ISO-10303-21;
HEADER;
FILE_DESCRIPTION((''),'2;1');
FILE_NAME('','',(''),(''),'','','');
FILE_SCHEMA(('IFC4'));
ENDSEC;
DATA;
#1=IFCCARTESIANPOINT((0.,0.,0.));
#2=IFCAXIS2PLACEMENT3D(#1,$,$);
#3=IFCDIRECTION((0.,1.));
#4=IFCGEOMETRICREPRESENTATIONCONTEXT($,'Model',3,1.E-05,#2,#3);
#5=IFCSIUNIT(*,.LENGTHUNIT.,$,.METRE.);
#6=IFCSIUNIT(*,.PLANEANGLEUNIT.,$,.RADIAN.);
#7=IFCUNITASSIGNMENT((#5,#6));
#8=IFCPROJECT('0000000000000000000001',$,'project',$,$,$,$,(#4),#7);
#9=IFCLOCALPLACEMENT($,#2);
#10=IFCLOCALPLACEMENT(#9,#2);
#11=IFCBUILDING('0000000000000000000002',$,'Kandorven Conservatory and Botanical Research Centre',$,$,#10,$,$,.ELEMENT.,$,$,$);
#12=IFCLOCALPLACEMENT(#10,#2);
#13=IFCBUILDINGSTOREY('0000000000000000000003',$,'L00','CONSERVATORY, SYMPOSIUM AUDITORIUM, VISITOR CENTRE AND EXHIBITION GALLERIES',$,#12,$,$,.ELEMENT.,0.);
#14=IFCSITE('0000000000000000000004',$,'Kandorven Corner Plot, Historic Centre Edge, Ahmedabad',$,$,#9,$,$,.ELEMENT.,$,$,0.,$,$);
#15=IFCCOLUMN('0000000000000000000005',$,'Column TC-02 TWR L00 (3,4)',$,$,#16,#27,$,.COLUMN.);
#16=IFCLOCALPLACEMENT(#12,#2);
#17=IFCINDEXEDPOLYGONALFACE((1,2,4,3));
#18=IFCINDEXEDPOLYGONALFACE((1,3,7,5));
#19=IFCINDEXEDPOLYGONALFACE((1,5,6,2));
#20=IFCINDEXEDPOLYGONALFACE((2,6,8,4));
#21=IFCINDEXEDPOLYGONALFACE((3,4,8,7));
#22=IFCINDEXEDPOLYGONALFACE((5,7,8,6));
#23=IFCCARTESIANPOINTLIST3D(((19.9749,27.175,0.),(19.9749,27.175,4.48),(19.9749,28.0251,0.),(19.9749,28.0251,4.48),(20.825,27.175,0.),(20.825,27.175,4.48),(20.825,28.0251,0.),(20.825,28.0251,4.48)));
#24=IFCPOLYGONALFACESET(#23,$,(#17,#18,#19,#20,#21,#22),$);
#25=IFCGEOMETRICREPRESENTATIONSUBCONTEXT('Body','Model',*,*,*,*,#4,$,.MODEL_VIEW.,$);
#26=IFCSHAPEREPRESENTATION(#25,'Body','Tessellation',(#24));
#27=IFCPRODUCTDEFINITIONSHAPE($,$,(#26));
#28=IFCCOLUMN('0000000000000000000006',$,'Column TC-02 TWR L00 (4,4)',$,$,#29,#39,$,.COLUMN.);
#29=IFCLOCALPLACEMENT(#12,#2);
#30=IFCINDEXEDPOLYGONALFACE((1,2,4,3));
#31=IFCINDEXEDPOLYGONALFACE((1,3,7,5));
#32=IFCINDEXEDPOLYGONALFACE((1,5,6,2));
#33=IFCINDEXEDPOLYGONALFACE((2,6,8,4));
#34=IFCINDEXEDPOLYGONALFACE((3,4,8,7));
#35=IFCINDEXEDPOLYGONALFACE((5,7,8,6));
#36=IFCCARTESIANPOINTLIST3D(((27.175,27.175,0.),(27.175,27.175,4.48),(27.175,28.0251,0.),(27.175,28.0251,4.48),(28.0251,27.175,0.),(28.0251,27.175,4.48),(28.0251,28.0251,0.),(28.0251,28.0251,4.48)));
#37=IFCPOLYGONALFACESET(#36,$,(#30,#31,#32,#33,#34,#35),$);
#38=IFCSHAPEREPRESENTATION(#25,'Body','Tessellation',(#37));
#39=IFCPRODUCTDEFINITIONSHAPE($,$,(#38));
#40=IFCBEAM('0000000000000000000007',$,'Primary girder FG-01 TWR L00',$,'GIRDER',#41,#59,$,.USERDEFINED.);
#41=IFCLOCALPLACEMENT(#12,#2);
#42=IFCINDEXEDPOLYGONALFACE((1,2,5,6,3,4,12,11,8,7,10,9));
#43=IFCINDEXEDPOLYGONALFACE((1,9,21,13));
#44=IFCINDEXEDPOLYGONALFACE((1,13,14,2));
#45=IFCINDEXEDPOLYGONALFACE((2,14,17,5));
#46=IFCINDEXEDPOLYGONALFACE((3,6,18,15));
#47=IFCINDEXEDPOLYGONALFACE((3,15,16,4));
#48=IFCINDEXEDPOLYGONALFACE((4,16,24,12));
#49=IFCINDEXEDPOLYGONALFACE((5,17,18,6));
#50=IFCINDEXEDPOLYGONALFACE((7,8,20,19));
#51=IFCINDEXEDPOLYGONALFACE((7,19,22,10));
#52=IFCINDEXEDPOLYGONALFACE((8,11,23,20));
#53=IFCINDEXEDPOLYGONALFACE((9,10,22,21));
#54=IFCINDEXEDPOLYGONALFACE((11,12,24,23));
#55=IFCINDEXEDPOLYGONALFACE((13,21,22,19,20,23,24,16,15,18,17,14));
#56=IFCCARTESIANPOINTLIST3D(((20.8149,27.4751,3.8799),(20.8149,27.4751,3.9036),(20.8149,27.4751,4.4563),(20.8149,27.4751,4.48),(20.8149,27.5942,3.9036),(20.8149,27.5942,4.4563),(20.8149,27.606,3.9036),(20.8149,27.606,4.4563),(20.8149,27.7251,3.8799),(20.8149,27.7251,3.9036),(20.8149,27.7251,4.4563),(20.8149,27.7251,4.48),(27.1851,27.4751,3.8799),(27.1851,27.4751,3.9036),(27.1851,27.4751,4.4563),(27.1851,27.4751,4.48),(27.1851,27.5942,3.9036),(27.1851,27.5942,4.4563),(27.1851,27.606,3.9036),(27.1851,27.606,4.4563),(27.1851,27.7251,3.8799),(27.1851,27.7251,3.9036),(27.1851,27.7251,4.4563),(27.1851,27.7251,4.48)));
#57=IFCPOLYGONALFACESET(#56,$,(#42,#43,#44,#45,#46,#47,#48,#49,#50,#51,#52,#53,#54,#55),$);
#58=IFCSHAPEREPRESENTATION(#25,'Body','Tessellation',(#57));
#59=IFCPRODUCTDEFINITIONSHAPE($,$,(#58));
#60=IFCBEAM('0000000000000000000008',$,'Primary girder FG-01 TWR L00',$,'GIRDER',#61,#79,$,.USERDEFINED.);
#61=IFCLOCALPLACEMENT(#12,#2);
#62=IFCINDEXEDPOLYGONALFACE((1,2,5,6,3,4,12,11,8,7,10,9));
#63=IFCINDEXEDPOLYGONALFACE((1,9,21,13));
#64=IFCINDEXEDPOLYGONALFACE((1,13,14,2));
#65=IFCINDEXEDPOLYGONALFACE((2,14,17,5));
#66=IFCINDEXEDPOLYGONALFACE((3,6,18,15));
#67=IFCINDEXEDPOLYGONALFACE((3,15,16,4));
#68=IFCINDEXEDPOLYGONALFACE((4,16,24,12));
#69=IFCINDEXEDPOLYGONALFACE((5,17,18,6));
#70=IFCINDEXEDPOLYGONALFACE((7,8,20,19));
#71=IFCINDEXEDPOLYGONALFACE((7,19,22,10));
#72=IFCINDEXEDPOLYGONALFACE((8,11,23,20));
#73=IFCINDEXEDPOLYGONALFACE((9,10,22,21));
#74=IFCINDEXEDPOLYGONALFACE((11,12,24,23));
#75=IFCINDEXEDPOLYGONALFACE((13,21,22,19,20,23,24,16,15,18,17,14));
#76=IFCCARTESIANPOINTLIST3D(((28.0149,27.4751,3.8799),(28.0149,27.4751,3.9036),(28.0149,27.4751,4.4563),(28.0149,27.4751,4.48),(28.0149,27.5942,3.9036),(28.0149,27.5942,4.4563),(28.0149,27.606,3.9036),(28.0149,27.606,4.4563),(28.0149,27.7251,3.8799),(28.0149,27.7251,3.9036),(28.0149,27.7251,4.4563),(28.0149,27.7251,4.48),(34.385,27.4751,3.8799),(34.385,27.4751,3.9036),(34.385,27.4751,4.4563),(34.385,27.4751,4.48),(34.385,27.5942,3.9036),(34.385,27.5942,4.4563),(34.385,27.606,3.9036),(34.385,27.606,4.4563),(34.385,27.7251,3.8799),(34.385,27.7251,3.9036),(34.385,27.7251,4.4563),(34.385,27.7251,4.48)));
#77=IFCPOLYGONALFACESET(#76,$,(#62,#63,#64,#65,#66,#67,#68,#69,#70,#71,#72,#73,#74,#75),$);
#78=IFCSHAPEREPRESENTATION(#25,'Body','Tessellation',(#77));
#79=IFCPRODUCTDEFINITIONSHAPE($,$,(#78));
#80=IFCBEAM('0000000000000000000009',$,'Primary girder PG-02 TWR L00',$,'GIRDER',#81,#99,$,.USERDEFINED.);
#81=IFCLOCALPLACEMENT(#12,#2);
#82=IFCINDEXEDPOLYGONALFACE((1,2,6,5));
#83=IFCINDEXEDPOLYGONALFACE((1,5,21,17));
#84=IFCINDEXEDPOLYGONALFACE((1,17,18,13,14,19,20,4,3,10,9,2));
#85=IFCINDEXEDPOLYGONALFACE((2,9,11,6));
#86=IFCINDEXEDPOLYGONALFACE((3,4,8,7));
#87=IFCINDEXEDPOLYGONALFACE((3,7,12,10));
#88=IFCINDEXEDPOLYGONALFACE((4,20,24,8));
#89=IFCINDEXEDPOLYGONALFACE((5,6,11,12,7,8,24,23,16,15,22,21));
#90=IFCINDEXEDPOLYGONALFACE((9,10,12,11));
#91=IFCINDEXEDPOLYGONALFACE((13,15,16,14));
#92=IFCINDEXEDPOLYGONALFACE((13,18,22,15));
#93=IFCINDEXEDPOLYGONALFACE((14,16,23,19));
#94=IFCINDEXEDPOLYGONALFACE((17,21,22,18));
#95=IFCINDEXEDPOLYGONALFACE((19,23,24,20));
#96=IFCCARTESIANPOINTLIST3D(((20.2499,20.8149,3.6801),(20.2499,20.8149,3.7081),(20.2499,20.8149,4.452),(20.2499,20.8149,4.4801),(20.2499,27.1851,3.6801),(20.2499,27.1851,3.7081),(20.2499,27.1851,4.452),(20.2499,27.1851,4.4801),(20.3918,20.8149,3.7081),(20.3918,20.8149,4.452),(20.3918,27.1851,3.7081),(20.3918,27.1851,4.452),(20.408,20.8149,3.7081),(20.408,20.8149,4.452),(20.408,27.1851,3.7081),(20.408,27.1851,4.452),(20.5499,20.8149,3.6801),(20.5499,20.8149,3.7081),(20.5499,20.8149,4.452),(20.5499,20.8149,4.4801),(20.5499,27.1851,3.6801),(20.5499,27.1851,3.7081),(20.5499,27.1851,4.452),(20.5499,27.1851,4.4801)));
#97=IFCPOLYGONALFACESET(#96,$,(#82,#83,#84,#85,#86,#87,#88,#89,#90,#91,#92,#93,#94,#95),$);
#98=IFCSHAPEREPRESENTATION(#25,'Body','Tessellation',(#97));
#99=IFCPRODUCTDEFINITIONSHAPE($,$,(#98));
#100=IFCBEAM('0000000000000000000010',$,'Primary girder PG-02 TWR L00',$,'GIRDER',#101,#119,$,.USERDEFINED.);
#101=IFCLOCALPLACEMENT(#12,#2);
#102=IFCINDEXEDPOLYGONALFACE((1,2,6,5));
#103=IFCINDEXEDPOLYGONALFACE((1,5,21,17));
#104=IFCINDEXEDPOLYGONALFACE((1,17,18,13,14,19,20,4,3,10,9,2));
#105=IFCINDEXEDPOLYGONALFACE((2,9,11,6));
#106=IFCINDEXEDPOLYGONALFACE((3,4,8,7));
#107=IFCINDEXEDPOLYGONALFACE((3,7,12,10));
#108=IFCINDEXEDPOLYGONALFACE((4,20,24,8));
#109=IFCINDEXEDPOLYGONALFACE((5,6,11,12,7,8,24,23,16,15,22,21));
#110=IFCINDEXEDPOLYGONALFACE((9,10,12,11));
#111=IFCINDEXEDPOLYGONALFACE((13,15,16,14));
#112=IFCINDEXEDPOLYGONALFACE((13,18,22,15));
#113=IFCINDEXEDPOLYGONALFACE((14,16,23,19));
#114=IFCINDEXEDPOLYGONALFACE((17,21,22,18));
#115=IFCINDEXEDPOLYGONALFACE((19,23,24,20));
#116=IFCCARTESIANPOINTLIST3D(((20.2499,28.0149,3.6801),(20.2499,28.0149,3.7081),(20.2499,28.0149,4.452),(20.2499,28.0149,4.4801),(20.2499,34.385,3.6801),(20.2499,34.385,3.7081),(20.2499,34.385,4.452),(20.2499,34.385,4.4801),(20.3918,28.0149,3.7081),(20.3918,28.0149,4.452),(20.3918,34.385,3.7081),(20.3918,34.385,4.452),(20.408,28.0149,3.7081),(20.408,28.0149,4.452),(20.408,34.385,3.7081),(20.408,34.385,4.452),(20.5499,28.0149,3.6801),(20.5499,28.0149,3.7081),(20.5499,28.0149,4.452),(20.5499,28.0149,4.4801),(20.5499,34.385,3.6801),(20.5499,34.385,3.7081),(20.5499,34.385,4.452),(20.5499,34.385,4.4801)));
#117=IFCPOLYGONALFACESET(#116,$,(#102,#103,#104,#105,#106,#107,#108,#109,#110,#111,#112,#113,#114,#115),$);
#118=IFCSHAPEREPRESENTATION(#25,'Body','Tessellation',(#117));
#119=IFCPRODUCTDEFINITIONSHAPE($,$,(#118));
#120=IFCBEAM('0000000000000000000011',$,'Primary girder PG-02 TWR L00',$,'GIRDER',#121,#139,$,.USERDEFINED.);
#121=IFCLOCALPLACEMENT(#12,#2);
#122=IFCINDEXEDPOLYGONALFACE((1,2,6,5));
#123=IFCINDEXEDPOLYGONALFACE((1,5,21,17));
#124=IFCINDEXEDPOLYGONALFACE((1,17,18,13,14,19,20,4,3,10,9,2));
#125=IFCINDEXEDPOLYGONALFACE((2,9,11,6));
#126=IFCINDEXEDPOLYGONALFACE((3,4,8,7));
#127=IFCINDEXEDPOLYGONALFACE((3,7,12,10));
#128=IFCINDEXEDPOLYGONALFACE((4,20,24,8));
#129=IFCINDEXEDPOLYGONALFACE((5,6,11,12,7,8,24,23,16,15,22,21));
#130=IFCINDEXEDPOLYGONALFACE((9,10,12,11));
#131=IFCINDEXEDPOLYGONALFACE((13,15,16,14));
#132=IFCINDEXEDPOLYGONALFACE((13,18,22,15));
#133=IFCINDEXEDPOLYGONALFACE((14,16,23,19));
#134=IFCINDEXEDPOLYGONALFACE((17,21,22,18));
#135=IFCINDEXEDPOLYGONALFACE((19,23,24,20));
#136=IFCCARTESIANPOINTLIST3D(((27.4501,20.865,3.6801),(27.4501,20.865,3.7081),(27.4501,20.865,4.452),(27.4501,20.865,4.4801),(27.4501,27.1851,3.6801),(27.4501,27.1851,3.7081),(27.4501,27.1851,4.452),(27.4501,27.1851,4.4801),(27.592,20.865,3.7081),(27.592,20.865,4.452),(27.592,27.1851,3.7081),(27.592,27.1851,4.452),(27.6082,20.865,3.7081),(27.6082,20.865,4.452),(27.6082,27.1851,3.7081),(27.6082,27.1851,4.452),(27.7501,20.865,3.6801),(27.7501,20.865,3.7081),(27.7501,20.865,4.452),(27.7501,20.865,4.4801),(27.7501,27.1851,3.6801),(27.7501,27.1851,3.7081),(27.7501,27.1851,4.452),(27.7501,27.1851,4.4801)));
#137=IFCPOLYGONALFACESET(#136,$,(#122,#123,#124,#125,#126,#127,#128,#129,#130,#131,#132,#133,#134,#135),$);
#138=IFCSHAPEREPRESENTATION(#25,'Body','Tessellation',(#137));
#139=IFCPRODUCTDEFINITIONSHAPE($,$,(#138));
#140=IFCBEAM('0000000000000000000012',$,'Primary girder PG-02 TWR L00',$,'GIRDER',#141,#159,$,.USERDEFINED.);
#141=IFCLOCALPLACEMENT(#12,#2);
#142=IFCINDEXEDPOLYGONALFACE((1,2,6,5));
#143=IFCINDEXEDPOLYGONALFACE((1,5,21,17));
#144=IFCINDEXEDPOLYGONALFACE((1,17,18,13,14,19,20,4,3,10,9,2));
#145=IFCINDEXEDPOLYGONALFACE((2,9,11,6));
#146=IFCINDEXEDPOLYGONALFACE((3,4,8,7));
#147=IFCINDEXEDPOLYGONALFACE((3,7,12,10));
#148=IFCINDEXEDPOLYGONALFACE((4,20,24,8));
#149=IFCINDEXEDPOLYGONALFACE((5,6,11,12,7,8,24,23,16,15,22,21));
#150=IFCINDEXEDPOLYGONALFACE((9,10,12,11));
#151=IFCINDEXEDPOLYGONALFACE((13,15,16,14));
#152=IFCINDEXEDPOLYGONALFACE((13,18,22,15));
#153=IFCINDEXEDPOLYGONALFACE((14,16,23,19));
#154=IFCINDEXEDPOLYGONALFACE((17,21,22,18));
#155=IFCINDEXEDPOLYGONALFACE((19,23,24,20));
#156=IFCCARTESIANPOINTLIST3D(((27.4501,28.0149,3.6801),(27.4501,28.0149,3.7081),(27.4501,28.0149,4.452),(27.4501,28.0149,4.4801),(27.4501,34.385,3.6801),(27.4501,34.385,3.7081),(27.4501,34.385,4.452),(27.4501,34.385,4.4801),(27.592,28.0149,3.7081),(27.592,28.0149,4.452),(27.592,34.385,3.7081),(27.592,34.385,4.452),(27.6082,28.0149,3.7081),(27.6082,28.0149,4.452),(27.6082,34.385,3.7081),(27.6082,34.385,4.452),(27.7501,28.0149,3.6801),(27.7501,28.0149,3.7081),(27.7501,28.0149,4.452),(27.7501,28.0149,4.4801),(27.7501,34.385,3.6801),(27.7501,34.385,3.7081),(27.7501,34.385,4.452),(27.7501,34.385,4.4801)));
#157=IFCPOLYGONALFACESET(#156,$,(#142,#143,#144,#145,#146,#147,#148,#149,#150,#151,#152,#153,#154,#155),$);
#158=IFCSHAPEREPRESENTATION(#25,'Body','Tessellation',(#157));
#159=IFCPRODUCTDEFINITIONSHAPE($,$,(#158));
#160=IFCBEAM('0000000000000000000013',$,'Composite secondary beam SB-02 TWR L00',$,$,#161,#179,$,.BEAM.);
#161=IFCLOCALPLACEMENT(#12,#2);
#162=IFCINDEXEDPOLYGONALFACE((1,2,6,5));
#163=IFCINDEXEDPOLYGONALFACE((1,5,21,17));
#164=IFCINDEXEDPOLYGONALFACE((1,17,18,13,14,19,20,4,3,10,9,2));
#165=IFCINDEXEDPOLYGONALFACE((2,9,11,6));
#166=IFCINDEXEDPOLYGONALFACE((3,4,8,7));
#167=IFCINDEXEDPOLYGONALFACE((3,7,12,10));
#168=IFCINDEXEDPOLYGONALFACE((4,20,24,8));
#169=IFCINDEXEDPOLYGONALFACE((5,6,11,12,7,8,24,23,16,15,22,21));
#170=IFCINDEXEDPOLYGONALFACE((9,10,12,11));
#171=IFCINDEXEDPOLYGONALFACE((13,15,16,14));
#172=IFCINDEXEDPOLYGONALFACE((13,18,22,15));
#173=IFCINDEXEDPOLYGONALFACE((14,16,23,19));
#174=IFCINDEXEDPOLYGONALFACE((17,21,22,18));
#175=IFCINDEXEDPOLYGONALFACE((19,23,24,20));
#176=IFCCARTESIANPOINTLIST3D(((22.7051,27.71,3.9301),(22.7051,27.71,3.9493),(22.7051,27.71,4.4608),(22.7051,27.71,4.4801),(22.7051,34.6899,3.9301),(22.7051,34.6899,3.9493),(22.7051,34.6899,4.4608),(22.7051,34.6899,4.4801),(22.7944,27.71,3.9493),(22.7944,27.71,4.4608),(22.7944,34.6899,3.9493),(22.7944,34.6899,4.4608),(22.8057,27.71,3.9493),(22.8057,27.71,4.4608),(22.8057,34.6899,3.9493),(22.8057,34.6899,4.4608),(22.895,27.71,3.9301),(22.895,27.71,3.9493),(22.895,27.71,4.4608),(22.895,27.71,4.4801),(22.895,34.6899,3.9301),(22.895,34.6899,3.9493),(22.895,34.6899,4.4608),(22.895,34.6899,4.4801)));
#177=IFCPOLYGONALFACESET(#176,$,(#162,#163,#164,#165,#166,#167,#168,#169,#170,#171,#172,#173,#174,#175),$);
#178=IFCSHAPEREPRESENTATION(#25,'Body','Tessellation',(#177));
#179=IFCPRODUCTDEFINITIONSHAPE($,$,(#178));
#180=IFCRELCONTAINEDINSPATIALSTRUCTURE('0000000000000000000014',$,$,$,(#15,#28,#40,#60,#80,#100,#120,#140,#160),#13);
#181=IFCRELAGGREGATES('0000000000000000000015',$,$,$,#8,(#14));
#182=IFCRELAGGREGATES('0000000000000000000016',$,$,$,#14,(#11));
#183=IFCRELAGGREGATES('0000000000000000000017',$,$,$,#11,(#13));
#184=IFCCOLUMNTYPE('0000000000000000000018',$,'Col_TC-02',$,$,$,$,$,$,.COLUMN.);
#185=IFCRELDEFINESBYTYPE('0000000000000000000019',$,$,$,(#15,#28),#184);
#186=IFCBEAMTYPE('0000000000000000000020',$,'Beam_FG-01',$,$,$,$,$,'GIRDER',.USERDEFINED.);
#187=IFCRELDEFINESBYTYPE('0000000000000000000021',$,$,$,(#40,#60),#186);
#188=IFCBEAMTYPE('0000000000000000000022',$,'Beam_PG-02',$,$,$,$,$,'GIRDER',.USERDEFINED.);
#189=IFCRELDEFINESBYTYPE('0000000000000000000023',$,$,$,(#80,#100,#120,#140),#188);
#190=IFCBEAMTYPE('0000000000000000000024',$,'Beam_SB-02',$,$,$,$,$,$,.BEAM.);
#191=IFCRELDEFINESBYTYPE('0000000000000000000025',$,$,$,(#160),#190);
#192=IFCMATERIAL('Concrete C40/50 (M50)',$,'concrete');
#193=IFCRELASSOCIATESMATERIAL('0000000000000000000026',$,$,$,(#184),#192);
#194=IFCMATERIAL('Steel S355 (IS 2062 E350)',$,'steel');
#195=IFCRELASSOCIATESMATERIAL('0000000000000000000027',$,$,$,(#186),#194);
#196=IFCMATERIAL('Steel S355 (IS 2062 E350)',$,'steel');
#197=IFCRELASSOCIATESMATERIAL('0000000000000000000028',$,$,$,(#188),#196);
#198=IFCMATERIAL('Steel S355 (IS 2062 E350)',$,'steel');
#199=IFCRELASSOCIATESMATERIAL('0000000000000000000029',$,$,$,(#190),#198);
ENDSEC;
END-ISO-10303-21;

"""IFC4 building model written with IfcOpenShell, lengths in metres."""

from ifc_helpers import new_model, si_unit, direction, frame, origin, origin_2d, place, context, subcontext, project, spatial, rectangle, i_section, extrude, material, material_profile, profile_set, type_object, element, save


model = new_model("IFC4")

# Units and contexts
model_context = context("Model", 3, precision=1e-05, world=origin(), true_north=direction((0.0, 1.0)))
body_context = subcontext(model_context, "Body", "Model", "MODEL_VIEW")
ifc_project = project(units=[si_unit("LENGTHUNIT", "METRE"), si_unit("PLANEANGLEUNIT", "RADIAN")], contexts=[model_context])

# Site, building, storey
site_placement = place(None, origin())
site = spatial("IfcSite", under=ifc_project, at=site_placement, Name="Kandorven Corner Plot, Historic Centre Edge, Ahmedabad", CompositionType="ELEMENT", RefElevation=0.0)
building_placement = place(site_placement, origin())
building = spatial("IfcBuilding", under=site, at=building_placement, Name="Kandorven Conservatory and Botanical Research Centre", CompositionType="ELEMENT")
storey_placement = place(building_placement, origin())
storey = spatial("IfcBuildingStorey", under=building, at=storey_placement, Name="L00", Description="CONSERVATORY, SYMPOSIUM AUDITORIUM, VISITOR CENTRE AND EXHIBITION GALLERIES", CompositionType="ELEMENT", Elevation=0.0)

# Columns
ifc_material_1 = material(Name="Concrete C40/50 (M50)", Category="concrete")
ifc_material_profile_1 = material_profile(ifc_material_1, rectangle(XDim=0.8501, YDim=0.8501, at=origin_2d()))
ifc_profile_set_1 = profile_set([ifc_material_profile_1], Name="Concrete C40/50 (M50)")
column_type = type_object("IfcColumnType", Name="Col_TC-02", PredefinedType="COLUMN", material=ifc_profile_set_1)
for number, where, z_axis, x_axis, name in (
    (1, (20.3999, 27.6001, 0.0), (0.0, 0.0, 1.0), (1.0, 0.0, 0.0), "Column TC-02 TWR L00 (3,4)"),
    (2, (27.6001, 27.6001, 0.0), (0.0, 0.0, 1.0), (1.0, 0.0, 0.0), "Column TC-02 TWR L00 (4,4)"),
):
    element("IfcColumn", number, at=place(storey_placement, frame(where, z_axis=z_axis, x_axis=x_axis)), inside=storey, type_object=column_type, Name=name, PredefinedType="COLUMN", context=body_context, shape_type="SweptSolid", body=[
        extrude(rectangle(XDim=0.8501, YDim=0.8501, at=origin_2d()), origin(), (0.0, 0.0, 1.0), 4.48),
    ])

# Beams
ifc_material_2 = material(Name="Steel S355 (IS 2062 E350)", Category="steel")
ifc_material_profile_2 = material_profile(ifc_material_2, i_section(OverallWidth=0.25, OverallDepth=0.6001, WebThickness=0.0117, FlangeThickness=0.0237, at=origin_2d()))
ifc_profile_set_2 = profile_set([ifc_material_profile_2], Name="Steel S355 (IS 2062 E350)")
beam_type_1 = type_object("IfcBeamType", Name="Beam_FG-01", ElementType="GIRDER", PredefinedType="USERDEFINED", material=ifc_profile_set_2)
for number, where, z_axis, x_axis, name in (
    (3, (20.8149, 27.6001, 4.1799), (1.0, 0.0, 0.0), (0.0, 1.0, 0.0), "Primary girder FG-01 TWR L00"),
    (4, (28.0149, 27.6001, 4.1799), (1.0, 0.0, 0.0), (0.0, 1.0, 0.0), "Primary girder FG-01 TWR L00"),
):
    element("IfcBeam", number, at=place(storey_placement, frame(where, z_axis=z_axis, x_axis=x_axis)), inside=storey, type_object=beam_type_1, Name=name, ObjectType="GIRDER", PredefinedType="USERDEFINED", context=body_context, shape_type="SweptSolid", body=[
        extrude(i_section(OverallWidth=0.25, OverallDepth=0.6001, WebThickness=0.0117, FlangeThickness=0.0237, at=origin_2d()), origin(), (0.0, 0.0, 1.0), 6.3701),
    ])
ifc_material_3 = material(Name="Steel S355 (IS 2062 E350)", Category="steel")
ifc_material_profile_3 = material_profile(ifc_material_3, i_section(OverallWidth=0.3, OverallDepth=0.8, WebThickness=0.0161, FlangeThickness=0.0281, at=origin_2d()))
ifc_profile_set_3 = profile_set([ifc_material_profile_3], Name="Steel S355 (IS 2062 E350)")
beam_type_2 = type_object("IfcBeamType", Name="Beam_PG-02", ElementType="GIRDER", PredefinedType="USERDEFINED", material=ifc_profile_set_3)
for number, where, z_axis, x_axis, name in (
    (5, (20.3999, 20.8149, 4.0801), (0.0, 1.0, 0.0), (-1.0, 0.0, 0.0), "Primary girder PG-02 TWR L00"),
    (6, (20.3999, 28.0149, 4.0801), (0.0, 1.0, 0.0), (-1.0, 0.0, 0.0), "Primary girder PG-02 TWR L00"),
):
    element("IfcBeam", number, at=place(storey_placement, frame(where, z_axis=z_axis, x_axis=x_axis)), inside=storey, type_object=beam_type_2, Name=name, ObjectType="GIRDER", PredefinedType="USERDEFINED", context=body_context, shape_type="SweptSolid", body=[
        extrude(i_section(OverallWidth=0.3, OverallDepth=0.8, WebThickness=0.0161, FlangeThickness=0.0281, at=origin_2d()), origin(), (0.0, 0.0, 1.0), 6.3701),
    ])
beam_1_placement = place(storey_placement, frame((27.6001, 20.865, 4.0801), z_axis=(0.0, 1.0, 0.0), x_axis=(-1.0, 0.0, 0.0)))
element("IfcBeam", 7, at=beam_1_placement, inside=storey, type_object=beam_type_2, Name="Primary girder PG-02 TWR L00", ObjectType="GIRDER", PredefinedType="USERDEFINED", context=body_context, shape_type="SweptSolid", body=[
    extrude(i_section(OverallWidth=0.3, OverallDepth=0.8, WebThickness=0.0161, FlangeThickness=0.0281, at=origin_2d()), origin(), (0.0, 0.0, 1.0), 6.3201),
])
beam_2_placement = place(storey_placement, frame((27.6001, 28.0149, 4.0801), z_axis=(0.0, 1.0, 0.0), x_axis=(-1.0, 0.0, 0.0)))
element("IfcBeam", 8, at=beam_2_placement, inside=storey, type_object=beam_type_2, Name="Primary girder PG-02 TWR L00", ObjectType="GIRDER", PredefinedType="USERDEFINED", context=body_context, shape_type="SweptSolid", body=[
    extrude(i_section(OverallWidth=0.3, OverallDepth=0.8, WebThickness=0.0161, FlangeThickness=0.0281, at=origin_2d()), origin(), (0.0, 0.0, 1.0), 6.3701),
])
ifc_material_4 = material(Name="Steel S355 (IS 2062 E350)", Category="steel")
ifc_material_profile_4 = material_profile(ifc_material_4, i_section(OverallWidth=0.1899, OverallDepth=0.55, WebThickness=0.0112, FlangeThickness=0.0193, at=origin_2d()))
ifc_profile_set_4 = profile_set([ifc_material_profile_4], Name="Steel S355 (IS 2062 E350)")
beam_type_3 = type_object("IfcBeamType", Name="Beam_SB-02", PredefinedType="BEAM", material=ifc_profile_set_4)
for number, where, z_axis, x_axis, name in (
    (9, (22.8, 27.71, 4.2051), (0.0, 1.0, 0.0), (-1.0, 0.0, 0.0), "Composite secondary beam SB-02 TWR L00"),
):
    element("IfcBeam", number, at=place(storey_placement, frame(where, z_axis=z_axis, x_axis=x_axis)), inside=storey, type_object=beam_type_3, Name=name, PredefinedType="BEAM", context=body_context, shape_type="SweptSolid", body=[
        extrude(i_section(OverallWidth=0.1899, OverallDepth=0.55, WebThickness=0.0112, FlangeThickness=0.0193, at=origin_2d()), origin(), (0.0, 0.0, 1.0), 6.98),
    ])

save(model, "model.ifc")
